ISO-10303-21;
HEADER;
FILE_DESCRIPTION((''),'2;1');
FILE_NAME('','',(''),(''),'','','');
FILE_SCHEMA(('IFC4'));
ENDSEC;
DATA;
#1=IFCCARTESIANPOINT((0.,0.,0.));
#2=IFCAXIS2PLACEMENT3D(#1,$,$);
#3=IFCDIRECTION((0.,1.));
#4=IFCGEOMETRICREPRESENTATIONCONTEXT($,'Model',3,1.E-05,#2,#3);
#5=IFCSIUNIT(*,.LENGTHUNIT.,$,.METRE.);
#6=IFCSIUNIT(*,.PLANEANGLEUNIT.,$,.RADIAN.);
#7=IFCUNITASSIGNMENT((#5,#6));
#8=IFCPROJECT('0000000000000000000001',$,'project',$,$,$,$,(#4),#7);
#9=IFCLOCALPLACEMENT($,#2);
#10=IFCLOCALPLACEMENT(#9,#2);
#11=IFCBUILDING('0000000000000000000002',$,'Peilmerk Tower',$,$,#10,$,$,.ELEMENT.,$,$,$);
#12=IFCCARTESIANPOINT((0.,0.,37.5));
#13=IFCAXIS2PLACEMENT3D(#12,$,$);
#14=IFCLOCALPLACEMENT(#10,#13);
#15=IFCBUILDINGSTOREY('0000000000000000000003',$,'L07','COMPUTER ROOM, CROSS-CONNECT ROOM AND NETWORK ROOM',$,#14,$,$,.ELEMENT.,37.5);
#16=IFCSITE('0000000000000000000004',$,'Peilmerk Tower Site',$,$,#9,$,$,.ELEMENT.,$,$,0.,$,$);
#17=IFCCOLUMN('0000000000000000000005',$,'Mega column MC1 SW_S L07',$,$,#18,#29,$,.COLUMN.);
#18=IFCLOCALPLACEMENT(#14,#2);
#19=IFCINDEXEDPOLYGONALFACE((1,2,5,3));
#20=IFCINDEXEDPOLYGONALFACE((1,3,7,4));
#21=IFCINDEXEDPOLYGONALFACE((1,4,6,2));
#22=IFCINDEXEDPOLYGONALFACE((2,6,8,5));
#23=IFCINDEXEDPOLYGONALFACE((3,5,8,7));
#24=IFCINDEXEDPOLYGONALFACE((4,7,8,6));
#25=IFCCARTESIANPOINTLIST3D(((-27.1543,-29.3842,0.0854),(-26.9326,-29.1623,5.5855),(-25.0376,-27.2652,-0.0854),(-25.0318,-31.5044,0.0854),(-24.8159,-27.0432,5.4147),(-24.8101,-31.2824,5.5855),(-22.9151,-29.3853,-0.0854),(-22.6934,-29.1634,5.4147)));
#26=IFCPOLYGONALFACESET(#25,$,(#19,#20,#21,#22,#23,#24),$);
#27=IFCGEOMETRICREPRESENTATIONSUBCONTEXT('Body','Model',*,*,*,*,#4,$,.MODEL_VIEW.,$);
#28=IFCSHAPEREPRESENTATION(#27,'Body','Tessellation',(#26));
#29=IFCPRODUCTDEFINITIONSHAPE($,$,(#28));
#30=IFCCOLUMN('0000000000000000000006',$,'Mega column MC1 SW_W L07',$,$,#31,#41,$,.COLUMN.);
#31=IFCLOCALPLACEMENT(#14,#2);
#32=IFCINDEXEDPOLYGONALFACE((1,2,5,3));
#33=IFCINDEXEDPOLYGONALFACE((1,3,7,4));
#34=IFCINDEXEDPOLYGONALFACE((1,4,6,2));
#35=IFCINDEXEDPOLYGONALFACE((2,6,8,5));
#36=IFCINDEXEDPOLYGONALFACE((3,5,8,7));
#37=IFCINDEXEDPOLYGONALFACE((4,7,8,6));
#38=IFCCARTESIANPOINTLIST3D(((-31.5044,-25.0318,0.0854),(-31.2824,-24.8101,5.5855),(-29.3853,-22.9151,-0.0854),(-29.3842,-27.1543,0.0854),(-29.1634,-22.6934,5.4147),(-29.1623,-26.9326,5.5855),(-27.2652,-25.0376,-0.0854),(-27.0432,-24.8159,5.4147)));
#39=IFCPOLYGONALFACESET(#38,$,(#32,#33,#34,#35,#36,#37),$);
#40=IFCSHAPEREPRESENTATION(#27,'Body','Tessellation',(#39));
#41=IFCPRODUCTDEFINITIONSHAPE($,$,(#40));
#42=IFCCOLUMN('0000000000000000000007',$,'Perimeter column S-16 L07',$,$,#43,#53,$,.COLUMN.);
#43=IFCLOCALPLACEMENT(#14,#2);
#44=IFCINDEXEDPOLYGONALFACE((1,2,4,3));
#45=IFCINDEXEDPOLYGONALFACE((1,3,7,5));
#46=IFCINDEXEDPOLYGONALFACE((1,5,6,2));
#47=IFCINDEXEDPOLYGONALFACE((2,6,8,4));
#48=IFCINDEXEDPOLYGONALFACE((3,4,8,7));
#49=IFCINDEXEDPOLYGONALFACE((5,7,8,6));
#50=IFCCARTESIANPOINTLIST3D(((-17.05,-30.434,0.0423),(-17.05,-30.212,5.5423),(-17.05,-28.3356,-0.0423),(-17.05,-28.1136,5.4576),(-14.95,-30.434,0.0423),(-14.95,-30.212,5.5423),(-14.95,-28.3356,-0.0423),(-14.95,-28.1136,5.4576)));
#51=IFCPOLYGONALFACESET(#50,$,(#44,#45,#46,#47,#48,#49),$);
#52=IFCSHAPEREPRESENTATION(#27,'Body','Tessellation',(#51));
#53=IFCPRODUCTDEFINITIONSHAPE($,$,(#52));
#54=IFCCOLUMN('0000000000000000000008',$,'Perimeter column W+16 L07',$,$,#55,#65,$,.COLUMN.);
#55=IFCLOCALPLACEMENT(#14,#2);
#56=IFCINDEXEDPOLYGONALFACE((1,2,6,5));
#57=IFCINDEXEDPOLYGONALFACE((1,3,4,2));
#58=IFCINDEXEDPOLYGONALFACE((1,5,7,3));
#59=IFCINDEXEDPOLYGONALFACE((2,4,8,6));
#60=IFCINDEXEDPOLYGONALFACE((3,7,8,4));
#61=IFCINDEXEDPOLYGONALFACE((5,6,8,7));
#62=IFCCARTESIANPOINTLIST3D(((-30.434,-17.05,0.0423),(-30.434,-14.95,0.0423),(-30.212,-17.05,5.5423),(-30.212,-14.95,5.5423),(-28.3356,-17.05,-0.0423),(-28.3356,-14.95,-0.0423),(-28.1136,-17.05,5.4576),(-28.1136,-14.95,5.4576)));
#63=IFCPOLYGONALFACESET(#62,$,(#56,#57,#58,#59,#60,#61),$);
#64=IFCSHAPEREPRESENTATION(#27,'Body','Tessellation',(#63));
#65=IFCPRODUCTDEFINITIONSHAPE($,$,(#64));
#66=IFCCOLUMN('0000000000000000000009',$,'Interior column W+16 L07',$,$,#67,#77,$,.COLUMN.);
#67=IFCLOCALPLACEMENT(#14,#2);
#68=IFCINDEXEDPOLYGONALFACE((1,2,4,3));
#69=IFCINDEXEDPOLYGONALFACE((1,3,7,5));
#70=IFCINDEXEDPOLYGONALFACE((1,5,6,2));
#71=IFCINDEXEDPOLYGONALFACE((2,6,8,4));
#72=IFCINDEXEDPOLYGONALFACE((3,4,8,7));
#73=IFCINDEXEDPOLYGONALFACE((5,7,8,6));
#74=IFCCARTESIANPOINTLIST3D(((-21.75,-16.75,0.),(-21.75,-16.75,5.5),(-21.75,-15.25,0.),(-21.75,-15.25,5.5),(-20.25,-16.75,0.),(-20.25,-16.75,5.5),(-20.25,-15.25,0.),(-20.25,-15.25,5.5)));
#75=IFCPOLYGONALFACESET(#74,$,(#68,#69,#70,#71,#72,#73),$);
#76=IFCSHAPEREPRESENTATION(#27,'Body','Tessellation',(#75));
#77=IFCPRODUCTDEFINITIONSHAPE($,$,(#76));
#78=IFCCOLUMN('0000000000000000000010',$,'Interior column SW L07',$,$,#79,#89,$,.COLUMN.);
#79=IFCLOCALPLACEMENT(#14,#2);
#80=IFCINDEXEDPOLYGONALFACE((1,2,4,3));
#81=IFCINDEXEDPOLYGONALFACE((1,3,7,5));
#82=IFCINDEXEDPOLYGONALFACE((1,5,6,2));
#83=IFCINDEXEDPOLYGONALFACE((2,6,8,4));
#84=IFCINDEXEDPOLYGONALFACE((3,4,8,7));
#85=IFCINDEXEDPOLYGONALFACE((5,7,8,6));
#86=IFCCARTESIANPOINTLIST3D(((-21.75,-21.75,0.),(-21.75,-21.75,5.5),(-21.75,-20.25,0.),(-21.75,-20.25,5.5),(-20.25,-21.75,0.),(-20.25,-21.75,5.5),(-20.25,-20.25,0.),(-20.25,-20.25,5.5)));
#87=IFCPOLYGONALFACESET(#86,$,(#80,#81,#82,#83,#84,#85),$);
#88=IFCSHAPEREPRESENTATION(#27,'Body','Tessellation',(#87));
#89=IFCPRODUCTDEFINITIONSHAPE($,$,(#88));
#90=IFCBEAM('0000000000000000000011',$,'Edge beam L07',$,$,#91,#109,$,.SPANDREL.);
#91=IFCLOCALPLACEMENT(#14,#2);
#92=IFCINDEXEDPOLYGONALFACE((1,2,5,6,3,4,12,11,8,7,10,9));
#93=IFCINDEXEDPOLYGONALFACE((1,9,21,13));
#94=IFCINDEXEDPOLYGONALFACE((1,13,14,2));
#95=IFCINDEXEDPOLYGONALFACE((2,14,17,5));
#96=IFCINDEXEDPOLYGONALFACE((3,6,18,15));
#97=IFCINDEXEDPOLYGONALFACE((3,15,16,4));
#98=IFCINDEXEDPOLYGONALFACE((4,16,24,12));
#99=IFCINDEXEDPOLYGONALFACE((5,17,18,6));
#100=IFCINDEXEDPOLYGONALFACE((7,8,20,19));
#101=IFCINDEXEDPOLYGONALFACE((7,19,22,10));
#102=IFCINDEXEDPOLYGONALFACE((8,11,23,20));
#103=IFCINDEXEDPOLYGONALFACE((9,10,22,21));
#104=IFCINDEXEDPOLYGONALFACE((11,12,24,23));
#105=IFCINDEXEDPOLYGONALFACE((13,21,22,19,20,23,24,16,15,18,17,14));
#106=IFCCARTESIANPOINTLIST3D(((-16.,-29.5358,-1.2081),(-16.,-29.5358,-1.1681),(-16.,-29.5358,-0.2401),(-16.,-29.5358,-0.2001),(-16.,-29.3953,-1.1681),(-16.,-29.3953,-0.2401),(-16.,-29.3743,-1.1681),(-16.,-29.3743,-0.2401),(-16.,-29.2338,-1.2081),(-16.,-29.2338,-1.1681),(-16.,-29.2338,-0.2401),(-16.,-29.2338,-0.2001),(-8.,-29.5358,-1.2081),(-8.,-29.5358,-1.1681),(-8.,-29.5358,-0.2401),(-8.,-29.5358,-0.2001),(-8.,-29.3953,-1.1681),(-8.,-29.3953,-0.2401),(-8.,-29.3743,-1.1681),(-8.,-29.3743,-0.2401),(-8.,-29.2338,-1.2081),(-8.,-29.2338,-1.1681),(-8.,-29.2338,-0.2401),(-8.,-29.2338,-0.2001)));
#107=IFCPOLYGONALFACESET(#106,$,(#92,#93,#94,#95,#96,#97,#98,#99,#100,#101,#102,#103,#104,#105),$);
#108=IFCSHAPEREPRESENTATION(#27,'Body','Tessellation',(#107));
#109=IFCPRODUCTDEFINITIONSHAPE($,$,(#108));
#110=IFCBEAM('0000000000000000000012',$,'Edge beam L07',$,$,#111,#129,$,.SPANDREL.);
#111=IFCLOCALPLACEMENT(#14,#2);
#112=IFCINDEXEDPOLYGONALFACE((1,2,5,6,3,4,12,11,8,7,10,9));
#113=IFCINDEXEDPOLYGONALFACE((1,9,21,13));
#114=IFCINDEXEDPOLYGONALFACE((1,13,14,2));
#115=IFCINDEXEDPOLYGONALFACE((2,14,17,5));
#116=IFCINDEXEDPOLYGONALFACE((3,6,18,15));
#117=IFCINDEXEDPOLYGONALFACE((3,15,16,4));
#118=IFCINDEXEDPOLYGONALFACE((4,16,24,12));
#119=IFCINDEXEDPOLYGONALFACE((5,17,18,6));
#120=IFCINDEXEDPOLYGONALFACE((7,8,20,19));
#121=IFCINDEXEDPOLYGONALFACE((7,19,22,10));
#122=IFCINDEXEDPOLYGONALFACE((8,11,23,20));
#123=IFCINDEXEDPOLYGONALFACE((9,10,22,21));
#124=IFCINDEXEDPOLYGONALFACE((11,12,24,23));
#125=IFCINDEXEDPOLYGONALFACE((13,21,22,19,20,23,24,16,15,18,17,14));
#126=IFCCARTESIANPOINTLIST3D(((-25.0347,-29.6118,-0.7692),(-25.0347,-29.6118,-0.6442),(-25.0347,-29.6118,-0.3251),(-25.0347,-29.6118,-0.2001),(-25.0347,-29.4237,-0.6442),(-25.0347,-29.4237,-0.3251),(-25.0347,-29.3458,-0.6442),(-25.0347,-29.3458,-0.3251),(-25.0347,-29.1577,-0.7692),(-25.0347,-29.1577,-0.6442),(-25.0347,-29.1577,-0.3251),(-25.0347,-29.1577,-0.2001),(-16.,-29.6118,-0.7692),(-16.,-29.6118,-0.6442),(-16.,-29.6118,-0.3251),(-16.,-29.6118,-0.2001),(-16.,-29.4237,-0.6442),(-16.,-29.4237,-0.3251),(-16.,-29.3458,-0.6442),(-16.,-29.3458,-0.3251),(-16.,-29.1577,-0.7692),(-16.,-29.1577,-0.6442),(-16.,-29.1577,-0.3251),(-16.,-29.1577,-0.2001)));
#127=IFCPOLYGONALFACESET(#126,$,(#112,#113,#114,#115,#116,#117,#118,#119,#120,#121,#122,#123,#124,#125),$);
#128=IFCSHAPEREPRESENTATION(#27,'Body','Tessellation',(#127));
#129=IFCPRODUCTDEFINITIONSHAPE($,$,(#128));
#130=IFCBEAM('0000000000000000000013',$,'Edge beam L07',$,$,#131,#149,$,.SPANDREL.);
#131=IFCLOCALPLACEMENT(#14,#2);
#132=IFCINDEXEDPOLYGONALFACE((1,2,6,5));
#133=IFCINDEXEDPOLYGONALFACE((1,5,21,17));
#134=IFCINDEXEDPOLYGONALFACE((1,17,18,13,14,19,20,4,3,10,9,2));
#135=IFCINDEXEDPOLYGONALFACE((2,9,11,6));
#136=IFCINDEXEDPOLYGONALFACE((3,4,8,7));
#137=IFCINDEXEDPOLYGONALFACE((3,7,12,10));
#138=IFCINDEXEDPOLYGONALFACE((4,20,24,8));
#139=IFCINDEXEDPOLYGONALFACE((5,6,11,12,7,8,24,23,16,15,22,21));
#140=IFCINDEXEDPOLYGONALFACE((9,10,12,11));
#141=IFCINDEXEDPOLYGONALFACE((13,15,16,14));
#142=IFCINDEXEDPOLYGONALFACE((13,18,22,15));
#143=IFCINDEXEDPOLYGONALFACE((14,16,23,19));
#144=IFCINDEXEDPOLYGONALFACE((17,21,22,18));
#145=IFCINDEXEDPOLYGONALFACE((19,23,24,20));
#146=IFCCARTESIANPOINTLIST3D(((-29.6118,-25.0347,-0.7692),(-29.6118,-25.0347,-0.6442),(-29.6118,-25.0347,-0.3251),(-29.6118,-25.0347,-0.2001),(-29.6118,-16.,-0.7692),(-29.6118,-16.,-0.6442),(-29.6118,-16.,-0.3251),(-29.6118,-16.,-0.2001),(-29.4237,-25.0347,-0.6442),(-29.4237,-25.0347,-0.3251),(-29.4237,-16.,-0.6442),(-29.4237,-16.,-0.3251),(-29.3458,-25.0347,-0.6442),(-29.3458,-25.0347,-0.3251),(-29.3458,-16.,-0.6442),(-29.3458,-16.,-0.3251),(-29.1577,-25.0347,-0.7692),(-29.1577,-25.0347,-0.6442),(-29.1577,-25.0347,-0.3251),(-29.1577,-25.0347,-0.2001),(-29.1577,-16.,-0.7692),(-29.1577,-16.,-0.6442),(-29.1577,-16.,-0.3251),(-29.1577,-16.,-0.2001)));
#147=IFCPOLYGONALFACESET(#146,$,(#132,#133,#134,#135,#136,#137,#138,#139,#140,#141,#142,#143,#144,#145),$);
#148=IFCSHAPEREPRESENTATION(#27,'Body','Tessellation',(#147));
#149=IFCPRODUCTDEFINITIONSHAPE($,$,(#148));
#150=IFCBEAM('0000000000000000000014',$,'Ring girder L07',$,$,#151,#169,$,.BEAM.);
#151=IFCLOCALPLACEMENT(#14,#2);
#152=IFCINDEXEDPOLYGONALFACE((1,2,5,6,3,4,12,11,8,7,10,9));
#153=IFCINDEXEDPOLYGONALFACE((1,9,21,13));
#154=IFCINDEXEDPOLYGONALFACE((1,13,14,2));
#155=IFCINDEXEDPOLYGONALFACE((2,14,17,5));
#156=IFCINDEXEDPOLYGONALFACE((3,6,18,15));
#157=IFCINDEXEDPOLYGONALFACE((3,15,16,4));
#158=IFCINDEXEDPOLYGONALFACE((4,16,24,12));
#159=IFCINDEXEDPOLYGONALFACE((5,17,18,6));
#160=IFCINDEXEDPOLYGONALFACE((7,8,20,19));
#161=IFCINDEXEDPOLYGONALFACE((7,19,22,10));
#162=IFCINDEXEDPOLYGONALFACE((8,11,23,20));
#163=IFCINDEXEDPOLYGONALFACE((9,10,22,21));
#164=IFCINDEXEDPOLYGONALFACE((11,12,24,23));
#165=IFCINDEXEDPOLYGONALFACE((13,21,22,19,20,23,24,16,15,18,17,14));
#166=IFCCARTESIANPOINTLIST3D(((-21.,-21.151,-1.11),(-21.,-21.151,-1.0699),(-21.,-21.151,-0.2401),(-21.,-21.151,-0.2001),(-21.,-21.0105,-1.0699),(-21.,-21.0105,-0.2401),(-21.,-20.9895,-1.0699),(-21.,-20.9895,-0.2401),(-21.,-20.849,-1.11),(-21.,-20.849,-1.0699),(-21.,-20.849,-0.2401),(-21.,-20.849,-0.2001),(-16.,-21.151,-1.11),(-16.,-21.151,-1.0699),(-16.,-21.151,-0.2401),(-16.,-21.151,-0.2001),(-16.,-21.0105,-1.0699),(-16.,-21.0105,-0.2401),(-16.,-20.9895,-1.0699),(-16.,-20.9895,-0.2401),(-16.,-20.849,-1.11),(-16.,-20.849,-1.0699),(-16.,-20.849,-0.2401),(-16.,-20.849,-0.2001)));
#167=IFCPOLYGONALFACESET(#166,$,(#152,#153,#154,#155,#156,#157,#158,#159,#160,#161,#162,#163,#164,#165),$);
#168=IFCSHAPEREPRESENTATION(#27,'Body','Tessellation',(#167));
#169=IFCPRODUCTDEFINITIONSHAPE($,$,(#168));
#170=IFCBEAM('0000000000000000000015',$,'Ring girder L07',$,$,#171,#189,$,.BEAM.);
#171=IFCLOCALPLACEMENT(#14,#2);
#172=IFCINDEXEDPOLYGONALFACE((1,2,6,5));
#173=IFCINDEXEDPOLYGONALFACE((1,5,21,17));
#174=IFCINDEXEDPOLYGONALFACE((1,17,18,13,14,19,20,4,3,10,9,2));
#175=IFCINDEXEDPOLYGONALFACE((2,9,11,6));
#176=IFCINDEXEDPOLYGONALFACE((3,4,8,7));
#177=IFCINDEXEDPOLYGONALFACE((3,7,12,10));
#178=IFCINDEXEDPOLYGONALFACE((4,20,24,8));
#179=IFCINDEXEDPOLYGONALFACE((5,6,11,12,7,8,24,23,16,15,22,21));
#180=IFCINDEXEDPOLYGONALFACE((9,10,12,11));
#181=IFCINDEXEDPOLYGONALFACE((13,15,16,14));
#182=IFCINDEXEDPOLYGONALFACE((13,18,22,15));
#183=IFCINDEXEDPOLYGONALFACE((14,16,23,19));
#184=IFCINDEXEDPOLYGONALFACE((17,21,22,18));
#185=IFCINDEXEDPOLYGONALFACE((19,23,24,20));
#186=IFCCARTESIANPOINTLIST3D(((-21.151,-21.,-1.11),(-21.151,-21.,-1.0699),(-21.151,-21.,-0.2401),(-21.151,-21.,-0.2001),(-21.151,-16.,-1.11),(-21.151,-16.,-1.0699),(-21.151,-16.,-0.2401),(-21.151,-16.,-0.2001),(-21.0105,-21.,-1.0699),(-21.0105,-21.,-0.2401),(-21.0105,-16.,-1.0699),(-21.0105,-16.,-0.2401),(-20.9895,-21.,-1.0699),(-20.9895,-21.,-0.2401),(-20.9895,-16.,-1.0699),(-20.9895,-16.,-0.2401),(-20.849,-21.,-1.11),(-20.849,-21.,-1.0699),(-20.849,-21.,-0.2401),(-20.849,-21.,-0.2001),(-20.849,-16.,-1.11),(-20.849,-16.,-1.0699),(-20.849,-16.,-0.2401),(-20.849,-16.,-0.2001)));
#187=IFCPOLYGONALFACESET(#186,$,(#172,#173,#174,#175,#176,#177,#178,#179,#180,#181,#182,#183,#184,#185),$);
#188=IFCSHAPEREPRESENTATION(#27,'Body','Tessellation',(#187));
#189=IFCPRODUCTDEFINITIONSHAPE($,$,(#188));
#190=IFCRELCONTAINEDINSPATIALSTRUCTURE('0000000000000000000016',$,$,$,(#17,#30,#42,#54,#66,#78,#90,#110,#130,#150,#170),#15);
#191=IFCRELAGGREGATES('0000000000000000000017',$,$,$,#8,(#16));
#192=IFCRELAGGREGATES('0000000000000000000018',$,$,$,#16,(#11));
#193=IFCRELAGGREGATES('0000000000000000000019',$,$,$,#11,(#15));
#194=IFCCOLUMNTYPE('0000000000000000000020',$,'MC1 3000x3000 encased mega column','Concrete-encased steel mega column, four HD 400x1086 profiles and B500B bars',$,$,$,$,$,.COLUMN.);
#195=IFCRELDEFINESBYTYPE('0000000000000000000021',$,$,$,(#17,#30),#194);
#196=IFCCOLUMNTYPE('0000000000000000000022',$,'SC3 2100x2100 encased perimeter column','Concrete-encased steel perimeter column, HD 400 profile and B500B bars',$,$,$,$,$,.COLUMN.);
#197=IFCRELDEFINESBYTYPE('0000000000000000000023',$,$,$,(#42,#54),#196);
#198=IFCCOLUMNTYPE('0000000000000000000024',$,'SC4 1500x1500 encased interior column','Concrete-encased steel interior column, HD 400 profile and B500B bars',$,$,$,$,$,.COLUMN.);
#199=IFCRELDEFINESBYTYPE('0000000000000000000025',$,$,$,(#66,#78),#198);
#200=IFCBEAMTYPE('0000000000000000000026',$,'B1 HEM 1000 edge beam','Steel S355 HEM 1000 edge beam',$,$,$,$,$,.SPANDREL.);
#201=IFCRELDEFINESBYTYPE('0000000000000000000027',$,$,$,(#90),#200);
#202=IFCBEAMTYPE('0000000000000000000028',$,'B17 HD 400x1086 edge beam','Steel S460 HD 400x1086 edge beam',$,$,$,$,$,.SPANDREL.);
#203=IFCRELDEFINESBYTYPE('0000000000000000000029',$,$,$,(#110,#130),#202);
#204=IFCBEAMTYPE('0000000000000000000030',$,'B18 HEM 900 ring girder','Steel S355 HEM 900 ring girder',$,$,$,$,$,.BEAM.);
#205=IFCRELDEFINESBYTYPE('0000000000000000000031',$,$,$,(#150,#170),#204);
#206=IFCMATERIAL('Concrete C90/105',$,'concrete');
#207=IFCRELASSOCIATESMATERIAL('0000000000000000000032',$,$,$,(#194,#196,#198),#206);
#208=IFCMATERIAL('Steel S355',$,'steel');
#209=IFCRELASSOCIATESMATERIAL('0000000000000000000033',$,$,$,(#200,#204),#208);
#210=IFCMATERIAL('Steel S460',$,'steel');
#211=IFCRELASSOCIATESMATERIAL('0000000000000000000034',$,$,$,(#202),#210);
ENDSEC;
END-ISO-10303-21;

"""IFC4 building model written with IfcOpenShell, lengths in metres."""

from ifc_helpers import new_model, si_unit, direction, frame, origin, origin_2d, place, context, subcontext, project, spatial, rectangle, i_section, extrude, material, material_profile, profile_set, type_object, element, save


model = new_model("IFC4")

# Units and contexts
model_context = context("Model", 3, precision=1e-05, world=origin(), true_north=direction((0.0, 1.0)))
body_context = subcontext(model_context, "Body", "Model", "MODEL_VIEW")
ifc_project = project(units=[si_unit("LENGTHUNIT", "METRE"), si_unit("PLANEANGLEUNIT", "RADIAN")], contexts=[model_context])

# Site, building, storey
site_placement = place(None, origin())
site = spatial("IfcSite", under=ifc_project, at=site_placement, Name="Peilmerk Tower Site", CompositionType="ELEMENT", RefElevation=0.0)
building_placement = place(site_placement, origin())
building = spatial("IfcBuilding", under=site, at=building_placement, Name="Peilmerk Tower", CompositionType="ELEMENT")
storey_placement = place(building_placement, frame((0.0, 0.0, 37.5)))
storey = spatial("IfcBuildingStorey", under=building, at=storey_placement, Name="L07", Description="COMPUTER ROOM, CROSS-CONNECT ROOM AND NETWORK ROOM", CompositionType="ELEMENT", Elevation=37.5)

# Columns
ifc_material_1 = material(Name="Concrete C90/105", Category="concrete")
ifc_material_profile_1 = material_profile(ifc_material_1, rectangle(XDim=3.0, YDim=3.0, at=origin_2d()), Name="RC 3000x3000")
ifc_profile_set_1 = profile_set([ifc_material_profile_1], Name="Concrete C90/105")
column_type_1 = type_object("IfcColumnType", Name="MC1 3000x3000 encased mega column", Description="Concrete-encased steel mega column, four HD 400x1086 profiles and B500B bars", PredefinedType="COLUMN", material=ifc_profile_set_1)
for number, where, z_axis, x_axis, name in (
    (1, (-25.0347, -29.3848, 0.0), (0.04024, 0.040284, 0.998378), (-0.707496, 0.706718, 0.0), "Mega column MC1 SW_S L07"),
    (2, (-29.3848, -25.0347, 0.0), (0.040284, 0.04024, 0.998378), (-0.706718, 0.707496, 0.0), "Mega column MC1 SW_W L07"),
):
    element("IfcColumn", number, at=place(storey_placement, frame(where, z_axis=z_axis, x_axis=x_axis)), inside=storey, type_object=column_type_1, Name=name, PredefinedType="COLUMN", context=body_context, shape_type="SweptSolid", body=[
        extrude(rectangle(XDim=3.0, YDim=3.0, at=origin_2d()), origin(), (0.0, 0.0, 1.0), 5.509),
    ])
ifc_material_profile_2 = material_profile(ifc_material_1, rectangle(XDim=2.1001, YDim=2.1001, at=origin_2d()), Name="RC 2100x2100")
ifc_profile_set_2 = profile_set([ifc_material_profile_2], Name="Concrete C90/105")
column_type_2 = type_object("IfcColumnType", Name="SC3 2100x2100 encased perimeter column", Description="Concrete-encased steel perimeter column, HD 400 profile and B500B bars", PredefinedType="COLUMN", material=ifc_profile_set_2)
for number, where, z_axis, x_axis, name in (
    (3, (-16.0, -29.3848, 0.0), (0.0, 0.040317, 0.999187), (-1.0, 0.0, 0.0), "Perimeter column S-16 L07"),
    (4, (-29.3848, -16.0, 0.0), (0.040317, 0.0, 0.999187), (0.0, 1.0, 0.0), "Perimeter column W+16 L07"),
):
    element("IfcColumn", number, at=place(storey_placement, frame(where, z_axis=z_axis, x_axis=x_axis)), inside=storey, type_object=column_type_2, Name=name, PredefinedType="COLUMN", context=body_context, shape_type="SweptSolid", body=[
        extrude(rectangle(XDim=2.1001, YDim=2.1001, at=origin_2d()), origin(), (0.0, 0.0, 1.0), 5.5044),
    ])
ifc_material_profile_3 = material_profile(ifc_material_1, rectangle(XDim=1.5, YDim=1.5, at=origin_2d()), Name="RC 1500x1500")
ifc_profile_set_3 = profile_set([ifc_material_profile_3], Name="Concrete C90/105")
column_type_3 = type_object("IfcColumnType", Name="SC4 1500x1500 encased interior column", Description="Concrete-encased steel interior column, HD 400 profile and B500B bars", PredefinedType="COLUMN", material=ifc_profile_set_3)
for number, where, z_axis, x_axis, name in (
    (5, (-21.0, -16.0, 0.0), (0.0, 0.0, 1.0), (1.0, 0.0, 0.0), "Interior column W+16 L07"),
    (6, (-21.0, -21.0, 0.0), (0.0, 0.0, 1.0), (1.0, 0.0, 0.0), "Interior column SW L07"),
):
    element("IfcColumn", number, at=place(storey_placement, frame(where, z_axis=z_axis, x_axis=x_axis)), inside=storey, type_object=column_type_3, Name=name, PredefinedType="COLUMN", context=body_context, shape_type="SweptSolid", body=[
        extrude(rectangle(XDim=1.5, YDim=1.5, at=origin_2d()), origin(), (0.0, 0.0, 1.0), 5.5),
    ])

# Beams
ifc_material_2 = material(Name="Steel S355", Category="steel")
ifc_material_profile_4 = material_profile(ifc_material_2, i_section(OverallWidth=0.302, OverallDepth=1.0081, WebThickness=0.021, FlangeThickness=0.04, at=origin_2d()), Name="HEM 1000")
ifc_profile_set_4 = profile_set([ifc_material_profile_4], Name="Steel S355")
beam_type_1 = type_object("IfcBeamType", Name="B1 HEM 1000 edge beam", Description="Steel S355 HEM 1000 edge beam", PredefinedType="SPANDREL", material=ifc_profile_set_4)
beam_1_placement = place(storey_placement, frame((-16.0, -29.3848, -0.7041), z_axis=(1.0, 0.0, 0.0), x_axis=(0.0, 1.0, 0.0)))
element("IfcBeam", 7, at=beam_1_placement, inside=storey, type_object=beam_type_1, Name="Edge beam L07", PredefinedType="SPANDREL", context=body_context, shape_type="SweptSolid", body=[
    extrude(i_section(OverallWidth=0.302, OverallDepth=1.0081, WebThickness=0.021, FlangeThickness=0.04, at=origin_2d()), origin(), (0.0, 0.0, 1.0), 8.0),
])
ifc_material_3 = material(Name="Steel S460", Category="steel")
ifc_material_profile_5 = material_profile(ifc_material_3, i_section(OverallWidth=0.4541, OverallDepth=0.5691, WebThickness=0.0779, FlangeThickness=0.125, at=origin_2d()), Name="HD 400x1086")
ifc_profile_set_5 = profile_set([ifc_material_profile_5], Name="Steel S460")
beam_type_2 = type_object("IfcBeamType", Name="B17 HD 400x1086 edge beam", Description="Steel S460 HD 400x1086 edge beam", PredefinedType="SPANDREL", material=ifc_profile_set_5)
for number, where, z_axis, x_axis, name in (
    (8, (-25.0347, -29.3848, -0.4846), (1.0, 0.0, 0.0), (0.0, 1.0, 0.0), "Edge beam L07"),
    (9, (-29.3848, -16.0, -0.4846), (0.0, -1.0, 0.0), (1.0, 0.0, 0.0), "Edge beam L07"),
):
    element("IfcBeam", number, at=place(storey_placement, frame(where, z_axis=z_axis, x_axis=x_axis)), inside=storey, type_object=beam_type_2, Name=name, PredefinedType="SPANDREL", context=body_context, shape_type="SweptSolid", body=[
        extrude(i_section(OverallWidth=0.4541, OverallDepth=0.5691, WebThickness=0.0779, FlangeThickness=0.125, at=origin_2d()), origin(), (0.0, 0.0, 1.0), 9.0347),
    ])
ifc_material_profile_6 = material_profile(ifc_material_2, i_section(OverallWidth=0.302, OverallDepth=0.9099, WebThickness=0.021, FlangeThickness=0.04, at=origin_2d()), Name="HEM 900")
ifc_profile_set_6 = profile_set([ifc_material_profile_6], Name="Steel S355")
beam_type_3 = type_object("IfcBeamType", Name="B18 HEM 900 ring girder", Description="Steel S355 HEM 900 ring girder", PredefinedType="BEAM", material=ifc_profile_set_6)
for number, where, z_axis, x_axis, name in (
    (10, (-21.0, -21.0, -0.655), (1.0, 0.0, 0.0), (0.0, 1.0, 0.0), "Ring girder L07"),
    (11, (-21.0, -16.0, -0.655), (0.0, -1.0, 0.0), (1.0, 0.0, 0.0), "Ring girder L07"),
):
    element("IfcBeam", number, at=place(storey_placement, frame(where, z_axis=z_axis, x_axis=x_axis)), inside=storey, type_object=beam_type_3, Name=name, PredefinedType="BEAM", context=body_context, shape_type="SweptSolid", body=[
        extrude(i_section(OverallWidth=0.302, OverallDepth=0.9099, WebThickness=0.021, FlangeThickness=0.04, at=origin_2d()), origin(), (0.0, 0.0, 1.0), 5.0),
    ])

save(model, "model.ifc")
